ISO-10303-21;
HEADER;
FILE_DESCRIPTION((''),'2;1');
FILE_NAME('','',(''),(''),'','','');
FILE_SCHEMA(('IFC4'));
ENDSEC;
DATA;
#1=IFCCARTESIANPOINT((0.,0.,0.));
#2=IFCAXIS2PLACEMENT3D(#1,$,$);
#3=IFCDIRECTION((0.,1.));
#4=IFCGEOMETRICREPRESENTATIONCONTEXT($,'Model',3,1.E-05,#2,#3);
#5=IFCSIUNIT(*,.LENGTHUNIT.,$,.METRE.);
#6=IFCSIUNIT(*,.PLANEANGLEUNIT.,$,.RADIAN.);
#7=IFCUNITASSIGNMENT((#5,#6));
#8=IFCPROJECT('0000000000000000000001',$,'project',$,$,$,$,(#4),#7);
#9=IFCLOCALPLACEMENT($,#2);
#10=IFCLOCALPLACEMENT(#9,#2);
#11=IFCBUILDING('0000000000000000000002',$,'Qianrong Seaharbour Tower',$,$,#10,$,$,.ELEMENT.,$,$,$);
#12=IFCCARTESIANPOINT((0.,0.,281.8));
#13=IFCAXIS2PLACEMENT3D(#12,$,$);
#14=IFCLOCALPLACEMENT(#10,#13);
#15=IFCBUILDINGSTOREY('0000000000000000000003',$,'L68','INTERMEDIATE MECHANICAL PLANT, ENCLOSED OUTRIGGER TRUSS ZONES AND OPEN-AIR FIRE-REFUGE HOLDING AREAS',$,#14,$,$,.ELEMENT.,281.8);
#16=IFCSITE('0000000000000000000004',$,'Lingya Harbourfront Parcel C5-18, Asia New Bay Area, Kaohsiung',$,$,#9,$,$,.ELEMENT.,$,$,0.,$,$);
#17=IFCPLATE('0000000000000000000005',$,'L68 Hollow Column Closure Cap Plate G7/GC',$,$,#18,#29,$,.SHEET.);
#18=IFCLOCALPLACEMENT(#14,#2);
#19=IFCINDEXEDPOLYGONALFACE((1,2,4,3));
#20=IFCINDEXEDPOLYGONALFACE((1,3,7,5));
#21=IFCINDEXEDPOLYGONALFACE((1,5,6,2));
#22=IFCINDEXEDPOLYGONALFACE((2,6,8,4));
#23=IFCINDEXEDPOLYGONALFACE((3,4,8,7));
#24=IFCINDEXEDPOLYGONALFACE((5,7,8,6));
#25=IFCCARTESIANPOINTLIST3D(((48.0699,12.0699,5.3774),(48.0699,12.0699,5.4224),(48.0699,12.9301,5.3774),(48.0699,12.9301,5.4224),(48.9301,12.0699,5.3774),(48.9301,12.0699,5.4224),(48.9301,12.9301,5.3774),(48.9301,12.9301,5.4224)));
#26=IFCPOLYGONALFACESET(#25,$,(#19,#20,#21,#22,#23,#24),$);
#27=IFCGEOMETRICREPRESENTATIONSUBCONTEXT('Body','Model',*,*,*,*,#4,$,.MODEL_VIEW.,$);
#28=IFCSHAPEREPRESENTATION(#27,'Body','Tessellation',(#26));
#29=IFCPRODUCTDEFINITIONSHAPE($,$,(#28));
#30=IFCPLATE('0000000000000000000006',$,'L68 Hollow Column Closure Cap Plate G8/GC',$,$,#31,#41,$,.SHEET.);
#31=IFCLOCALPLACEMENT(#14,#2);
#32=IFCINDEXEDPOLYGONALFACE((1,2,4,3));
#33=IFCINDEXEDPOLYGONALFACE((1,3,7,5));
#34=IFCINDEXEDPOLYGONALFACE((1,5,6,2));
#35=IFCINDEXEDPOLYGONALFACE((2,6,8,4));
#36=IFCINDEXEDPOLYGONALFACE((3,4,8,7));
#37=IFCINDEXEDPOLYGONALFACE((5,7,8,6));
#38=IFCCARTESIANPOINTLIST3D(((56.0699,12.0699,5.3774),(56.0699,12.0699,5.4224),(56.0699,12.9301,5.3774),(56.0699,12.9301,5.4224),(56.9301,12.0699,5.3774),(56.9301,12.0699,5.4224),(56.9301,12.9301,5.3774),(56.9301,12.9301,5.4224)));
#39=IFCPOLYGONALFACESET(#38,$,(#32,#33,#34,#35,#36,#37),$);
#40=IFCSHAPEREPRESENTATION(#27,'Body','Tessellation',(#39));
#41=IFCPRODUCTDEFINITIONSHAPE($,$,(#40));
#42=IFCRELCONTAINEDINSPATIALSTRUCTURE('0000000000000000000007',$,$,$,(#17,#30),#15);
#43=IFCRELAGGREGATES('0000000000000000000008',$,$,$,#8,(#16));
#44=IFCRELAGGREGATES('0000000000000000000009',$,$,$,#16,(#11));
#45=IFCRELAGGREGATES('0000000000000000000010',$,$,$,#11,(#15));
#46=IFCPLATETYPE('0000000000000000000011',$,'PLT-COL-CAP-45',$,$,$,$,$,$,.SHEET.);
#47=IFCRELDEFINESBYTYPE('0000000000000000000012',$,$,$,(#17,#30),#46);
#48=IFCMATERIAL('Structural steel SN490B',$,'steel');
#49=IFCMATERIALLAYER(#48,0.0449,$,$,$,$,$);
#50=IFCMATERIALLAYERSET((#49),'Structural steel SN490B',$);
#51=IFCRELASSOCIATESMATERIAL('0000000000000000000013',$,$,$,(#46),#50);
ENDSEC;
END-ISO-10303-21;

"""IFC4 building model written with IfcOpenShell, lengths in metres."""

from ifc_helpers import new_model, si_unit, direction, frame, origin, origin_2d, place, context, subcontext, project, spatial, rectangle, extrude, material, layer, layer_set, type_object, element, save


model = new_model("IFC4")

# Units and contexts
model_context = context("Model", 3, precision=1e-05, world=origin(), true_north=direction((0.0, 1.0)))
body_context = subcontext(model_context, "Body", "Model", "MODEL_VIEW")
ifc_project = project(units=[si_unit("LENGTHUNIT", "METRE"), si_unit("PLANEANGLEUNIT", "RADIAN")], contexts=[model_context])

# Site, building, storey
site_placement = place(None, origin())
site = spatial("IfcSite", under=ifc_project, at=site_placement, Name="Lingya Harbourfront Parcel C5-18, Asia New Bay Area, Kaohsiung", CompositionType="ELEMENT", RefElevation=0.0)
building_placement = place(site_placement, origin())
building = spatial("IfcBuilding", under=site, at=building_placement, Name="Qianrong Seaharbour Tower", CompositionType="ELEMENT")
storey_placement = place(building_placement, frame((0.0, 0.0, 281.8)))
storey = spatial("IfcBuildingStorey", under=building, at=storey_placement, Name="L68", Description="INTERMEDIATE MECHANICAL PLANT, ENCLOSED OUTRIGGER TRUSS ZONES AND OPEN-AIR FIRE-REFUGE HOLDING AREAS", CompositionType="ELEMENT", Elevation=281.8)

# Shared definitions
ifc_material_1 = material(Name="Structural steel SN490B", Category="steel")

# Plates
ifc_layer_1 = layer(ifc_material_1, 0.0449)
ifc_layer_set_1 = layer_set([ifc_layer_1], Name="Structural steel SN490B")
plate_type_1 = type_object("IfcPlateType", Name="PLT-COL-CAP-45", PredefinedType="SHEET", material=ifc_layer_set_1)
for number, where, z_axis, x_axis, name in (
    (1, (48.5, 12.5, 5.3774), (0.0, 0.0, 1.0), (1.0, 0.0, 0.0), "L68 Hollow Column Closure Cap Plate G7/GC"),
    (2, (56.5, 12.5, 5.3774), (0.0, 0.0, 1.0), (1.0, 0.0, 0.0), "L68 Hollow Column Closure Cap Plate G8/GC"),
):
    element("IfcPlate", number, at=place(storey_placement, frame(where, z_axis=z_axis, x_axis=x_axis)), inside=storey, type_object=plate_type_1, Name=name, PredefinedType="SHEET", context=body_context, shape_type="SweptSolid", body=[
        extrude(rectangle(XDim=0.8601, YDim=0.8601, at=origin_2d()), origin(), (0.0, 0.0, 1.0), 0.0449),
    ])

save(model, "model.ifc")
